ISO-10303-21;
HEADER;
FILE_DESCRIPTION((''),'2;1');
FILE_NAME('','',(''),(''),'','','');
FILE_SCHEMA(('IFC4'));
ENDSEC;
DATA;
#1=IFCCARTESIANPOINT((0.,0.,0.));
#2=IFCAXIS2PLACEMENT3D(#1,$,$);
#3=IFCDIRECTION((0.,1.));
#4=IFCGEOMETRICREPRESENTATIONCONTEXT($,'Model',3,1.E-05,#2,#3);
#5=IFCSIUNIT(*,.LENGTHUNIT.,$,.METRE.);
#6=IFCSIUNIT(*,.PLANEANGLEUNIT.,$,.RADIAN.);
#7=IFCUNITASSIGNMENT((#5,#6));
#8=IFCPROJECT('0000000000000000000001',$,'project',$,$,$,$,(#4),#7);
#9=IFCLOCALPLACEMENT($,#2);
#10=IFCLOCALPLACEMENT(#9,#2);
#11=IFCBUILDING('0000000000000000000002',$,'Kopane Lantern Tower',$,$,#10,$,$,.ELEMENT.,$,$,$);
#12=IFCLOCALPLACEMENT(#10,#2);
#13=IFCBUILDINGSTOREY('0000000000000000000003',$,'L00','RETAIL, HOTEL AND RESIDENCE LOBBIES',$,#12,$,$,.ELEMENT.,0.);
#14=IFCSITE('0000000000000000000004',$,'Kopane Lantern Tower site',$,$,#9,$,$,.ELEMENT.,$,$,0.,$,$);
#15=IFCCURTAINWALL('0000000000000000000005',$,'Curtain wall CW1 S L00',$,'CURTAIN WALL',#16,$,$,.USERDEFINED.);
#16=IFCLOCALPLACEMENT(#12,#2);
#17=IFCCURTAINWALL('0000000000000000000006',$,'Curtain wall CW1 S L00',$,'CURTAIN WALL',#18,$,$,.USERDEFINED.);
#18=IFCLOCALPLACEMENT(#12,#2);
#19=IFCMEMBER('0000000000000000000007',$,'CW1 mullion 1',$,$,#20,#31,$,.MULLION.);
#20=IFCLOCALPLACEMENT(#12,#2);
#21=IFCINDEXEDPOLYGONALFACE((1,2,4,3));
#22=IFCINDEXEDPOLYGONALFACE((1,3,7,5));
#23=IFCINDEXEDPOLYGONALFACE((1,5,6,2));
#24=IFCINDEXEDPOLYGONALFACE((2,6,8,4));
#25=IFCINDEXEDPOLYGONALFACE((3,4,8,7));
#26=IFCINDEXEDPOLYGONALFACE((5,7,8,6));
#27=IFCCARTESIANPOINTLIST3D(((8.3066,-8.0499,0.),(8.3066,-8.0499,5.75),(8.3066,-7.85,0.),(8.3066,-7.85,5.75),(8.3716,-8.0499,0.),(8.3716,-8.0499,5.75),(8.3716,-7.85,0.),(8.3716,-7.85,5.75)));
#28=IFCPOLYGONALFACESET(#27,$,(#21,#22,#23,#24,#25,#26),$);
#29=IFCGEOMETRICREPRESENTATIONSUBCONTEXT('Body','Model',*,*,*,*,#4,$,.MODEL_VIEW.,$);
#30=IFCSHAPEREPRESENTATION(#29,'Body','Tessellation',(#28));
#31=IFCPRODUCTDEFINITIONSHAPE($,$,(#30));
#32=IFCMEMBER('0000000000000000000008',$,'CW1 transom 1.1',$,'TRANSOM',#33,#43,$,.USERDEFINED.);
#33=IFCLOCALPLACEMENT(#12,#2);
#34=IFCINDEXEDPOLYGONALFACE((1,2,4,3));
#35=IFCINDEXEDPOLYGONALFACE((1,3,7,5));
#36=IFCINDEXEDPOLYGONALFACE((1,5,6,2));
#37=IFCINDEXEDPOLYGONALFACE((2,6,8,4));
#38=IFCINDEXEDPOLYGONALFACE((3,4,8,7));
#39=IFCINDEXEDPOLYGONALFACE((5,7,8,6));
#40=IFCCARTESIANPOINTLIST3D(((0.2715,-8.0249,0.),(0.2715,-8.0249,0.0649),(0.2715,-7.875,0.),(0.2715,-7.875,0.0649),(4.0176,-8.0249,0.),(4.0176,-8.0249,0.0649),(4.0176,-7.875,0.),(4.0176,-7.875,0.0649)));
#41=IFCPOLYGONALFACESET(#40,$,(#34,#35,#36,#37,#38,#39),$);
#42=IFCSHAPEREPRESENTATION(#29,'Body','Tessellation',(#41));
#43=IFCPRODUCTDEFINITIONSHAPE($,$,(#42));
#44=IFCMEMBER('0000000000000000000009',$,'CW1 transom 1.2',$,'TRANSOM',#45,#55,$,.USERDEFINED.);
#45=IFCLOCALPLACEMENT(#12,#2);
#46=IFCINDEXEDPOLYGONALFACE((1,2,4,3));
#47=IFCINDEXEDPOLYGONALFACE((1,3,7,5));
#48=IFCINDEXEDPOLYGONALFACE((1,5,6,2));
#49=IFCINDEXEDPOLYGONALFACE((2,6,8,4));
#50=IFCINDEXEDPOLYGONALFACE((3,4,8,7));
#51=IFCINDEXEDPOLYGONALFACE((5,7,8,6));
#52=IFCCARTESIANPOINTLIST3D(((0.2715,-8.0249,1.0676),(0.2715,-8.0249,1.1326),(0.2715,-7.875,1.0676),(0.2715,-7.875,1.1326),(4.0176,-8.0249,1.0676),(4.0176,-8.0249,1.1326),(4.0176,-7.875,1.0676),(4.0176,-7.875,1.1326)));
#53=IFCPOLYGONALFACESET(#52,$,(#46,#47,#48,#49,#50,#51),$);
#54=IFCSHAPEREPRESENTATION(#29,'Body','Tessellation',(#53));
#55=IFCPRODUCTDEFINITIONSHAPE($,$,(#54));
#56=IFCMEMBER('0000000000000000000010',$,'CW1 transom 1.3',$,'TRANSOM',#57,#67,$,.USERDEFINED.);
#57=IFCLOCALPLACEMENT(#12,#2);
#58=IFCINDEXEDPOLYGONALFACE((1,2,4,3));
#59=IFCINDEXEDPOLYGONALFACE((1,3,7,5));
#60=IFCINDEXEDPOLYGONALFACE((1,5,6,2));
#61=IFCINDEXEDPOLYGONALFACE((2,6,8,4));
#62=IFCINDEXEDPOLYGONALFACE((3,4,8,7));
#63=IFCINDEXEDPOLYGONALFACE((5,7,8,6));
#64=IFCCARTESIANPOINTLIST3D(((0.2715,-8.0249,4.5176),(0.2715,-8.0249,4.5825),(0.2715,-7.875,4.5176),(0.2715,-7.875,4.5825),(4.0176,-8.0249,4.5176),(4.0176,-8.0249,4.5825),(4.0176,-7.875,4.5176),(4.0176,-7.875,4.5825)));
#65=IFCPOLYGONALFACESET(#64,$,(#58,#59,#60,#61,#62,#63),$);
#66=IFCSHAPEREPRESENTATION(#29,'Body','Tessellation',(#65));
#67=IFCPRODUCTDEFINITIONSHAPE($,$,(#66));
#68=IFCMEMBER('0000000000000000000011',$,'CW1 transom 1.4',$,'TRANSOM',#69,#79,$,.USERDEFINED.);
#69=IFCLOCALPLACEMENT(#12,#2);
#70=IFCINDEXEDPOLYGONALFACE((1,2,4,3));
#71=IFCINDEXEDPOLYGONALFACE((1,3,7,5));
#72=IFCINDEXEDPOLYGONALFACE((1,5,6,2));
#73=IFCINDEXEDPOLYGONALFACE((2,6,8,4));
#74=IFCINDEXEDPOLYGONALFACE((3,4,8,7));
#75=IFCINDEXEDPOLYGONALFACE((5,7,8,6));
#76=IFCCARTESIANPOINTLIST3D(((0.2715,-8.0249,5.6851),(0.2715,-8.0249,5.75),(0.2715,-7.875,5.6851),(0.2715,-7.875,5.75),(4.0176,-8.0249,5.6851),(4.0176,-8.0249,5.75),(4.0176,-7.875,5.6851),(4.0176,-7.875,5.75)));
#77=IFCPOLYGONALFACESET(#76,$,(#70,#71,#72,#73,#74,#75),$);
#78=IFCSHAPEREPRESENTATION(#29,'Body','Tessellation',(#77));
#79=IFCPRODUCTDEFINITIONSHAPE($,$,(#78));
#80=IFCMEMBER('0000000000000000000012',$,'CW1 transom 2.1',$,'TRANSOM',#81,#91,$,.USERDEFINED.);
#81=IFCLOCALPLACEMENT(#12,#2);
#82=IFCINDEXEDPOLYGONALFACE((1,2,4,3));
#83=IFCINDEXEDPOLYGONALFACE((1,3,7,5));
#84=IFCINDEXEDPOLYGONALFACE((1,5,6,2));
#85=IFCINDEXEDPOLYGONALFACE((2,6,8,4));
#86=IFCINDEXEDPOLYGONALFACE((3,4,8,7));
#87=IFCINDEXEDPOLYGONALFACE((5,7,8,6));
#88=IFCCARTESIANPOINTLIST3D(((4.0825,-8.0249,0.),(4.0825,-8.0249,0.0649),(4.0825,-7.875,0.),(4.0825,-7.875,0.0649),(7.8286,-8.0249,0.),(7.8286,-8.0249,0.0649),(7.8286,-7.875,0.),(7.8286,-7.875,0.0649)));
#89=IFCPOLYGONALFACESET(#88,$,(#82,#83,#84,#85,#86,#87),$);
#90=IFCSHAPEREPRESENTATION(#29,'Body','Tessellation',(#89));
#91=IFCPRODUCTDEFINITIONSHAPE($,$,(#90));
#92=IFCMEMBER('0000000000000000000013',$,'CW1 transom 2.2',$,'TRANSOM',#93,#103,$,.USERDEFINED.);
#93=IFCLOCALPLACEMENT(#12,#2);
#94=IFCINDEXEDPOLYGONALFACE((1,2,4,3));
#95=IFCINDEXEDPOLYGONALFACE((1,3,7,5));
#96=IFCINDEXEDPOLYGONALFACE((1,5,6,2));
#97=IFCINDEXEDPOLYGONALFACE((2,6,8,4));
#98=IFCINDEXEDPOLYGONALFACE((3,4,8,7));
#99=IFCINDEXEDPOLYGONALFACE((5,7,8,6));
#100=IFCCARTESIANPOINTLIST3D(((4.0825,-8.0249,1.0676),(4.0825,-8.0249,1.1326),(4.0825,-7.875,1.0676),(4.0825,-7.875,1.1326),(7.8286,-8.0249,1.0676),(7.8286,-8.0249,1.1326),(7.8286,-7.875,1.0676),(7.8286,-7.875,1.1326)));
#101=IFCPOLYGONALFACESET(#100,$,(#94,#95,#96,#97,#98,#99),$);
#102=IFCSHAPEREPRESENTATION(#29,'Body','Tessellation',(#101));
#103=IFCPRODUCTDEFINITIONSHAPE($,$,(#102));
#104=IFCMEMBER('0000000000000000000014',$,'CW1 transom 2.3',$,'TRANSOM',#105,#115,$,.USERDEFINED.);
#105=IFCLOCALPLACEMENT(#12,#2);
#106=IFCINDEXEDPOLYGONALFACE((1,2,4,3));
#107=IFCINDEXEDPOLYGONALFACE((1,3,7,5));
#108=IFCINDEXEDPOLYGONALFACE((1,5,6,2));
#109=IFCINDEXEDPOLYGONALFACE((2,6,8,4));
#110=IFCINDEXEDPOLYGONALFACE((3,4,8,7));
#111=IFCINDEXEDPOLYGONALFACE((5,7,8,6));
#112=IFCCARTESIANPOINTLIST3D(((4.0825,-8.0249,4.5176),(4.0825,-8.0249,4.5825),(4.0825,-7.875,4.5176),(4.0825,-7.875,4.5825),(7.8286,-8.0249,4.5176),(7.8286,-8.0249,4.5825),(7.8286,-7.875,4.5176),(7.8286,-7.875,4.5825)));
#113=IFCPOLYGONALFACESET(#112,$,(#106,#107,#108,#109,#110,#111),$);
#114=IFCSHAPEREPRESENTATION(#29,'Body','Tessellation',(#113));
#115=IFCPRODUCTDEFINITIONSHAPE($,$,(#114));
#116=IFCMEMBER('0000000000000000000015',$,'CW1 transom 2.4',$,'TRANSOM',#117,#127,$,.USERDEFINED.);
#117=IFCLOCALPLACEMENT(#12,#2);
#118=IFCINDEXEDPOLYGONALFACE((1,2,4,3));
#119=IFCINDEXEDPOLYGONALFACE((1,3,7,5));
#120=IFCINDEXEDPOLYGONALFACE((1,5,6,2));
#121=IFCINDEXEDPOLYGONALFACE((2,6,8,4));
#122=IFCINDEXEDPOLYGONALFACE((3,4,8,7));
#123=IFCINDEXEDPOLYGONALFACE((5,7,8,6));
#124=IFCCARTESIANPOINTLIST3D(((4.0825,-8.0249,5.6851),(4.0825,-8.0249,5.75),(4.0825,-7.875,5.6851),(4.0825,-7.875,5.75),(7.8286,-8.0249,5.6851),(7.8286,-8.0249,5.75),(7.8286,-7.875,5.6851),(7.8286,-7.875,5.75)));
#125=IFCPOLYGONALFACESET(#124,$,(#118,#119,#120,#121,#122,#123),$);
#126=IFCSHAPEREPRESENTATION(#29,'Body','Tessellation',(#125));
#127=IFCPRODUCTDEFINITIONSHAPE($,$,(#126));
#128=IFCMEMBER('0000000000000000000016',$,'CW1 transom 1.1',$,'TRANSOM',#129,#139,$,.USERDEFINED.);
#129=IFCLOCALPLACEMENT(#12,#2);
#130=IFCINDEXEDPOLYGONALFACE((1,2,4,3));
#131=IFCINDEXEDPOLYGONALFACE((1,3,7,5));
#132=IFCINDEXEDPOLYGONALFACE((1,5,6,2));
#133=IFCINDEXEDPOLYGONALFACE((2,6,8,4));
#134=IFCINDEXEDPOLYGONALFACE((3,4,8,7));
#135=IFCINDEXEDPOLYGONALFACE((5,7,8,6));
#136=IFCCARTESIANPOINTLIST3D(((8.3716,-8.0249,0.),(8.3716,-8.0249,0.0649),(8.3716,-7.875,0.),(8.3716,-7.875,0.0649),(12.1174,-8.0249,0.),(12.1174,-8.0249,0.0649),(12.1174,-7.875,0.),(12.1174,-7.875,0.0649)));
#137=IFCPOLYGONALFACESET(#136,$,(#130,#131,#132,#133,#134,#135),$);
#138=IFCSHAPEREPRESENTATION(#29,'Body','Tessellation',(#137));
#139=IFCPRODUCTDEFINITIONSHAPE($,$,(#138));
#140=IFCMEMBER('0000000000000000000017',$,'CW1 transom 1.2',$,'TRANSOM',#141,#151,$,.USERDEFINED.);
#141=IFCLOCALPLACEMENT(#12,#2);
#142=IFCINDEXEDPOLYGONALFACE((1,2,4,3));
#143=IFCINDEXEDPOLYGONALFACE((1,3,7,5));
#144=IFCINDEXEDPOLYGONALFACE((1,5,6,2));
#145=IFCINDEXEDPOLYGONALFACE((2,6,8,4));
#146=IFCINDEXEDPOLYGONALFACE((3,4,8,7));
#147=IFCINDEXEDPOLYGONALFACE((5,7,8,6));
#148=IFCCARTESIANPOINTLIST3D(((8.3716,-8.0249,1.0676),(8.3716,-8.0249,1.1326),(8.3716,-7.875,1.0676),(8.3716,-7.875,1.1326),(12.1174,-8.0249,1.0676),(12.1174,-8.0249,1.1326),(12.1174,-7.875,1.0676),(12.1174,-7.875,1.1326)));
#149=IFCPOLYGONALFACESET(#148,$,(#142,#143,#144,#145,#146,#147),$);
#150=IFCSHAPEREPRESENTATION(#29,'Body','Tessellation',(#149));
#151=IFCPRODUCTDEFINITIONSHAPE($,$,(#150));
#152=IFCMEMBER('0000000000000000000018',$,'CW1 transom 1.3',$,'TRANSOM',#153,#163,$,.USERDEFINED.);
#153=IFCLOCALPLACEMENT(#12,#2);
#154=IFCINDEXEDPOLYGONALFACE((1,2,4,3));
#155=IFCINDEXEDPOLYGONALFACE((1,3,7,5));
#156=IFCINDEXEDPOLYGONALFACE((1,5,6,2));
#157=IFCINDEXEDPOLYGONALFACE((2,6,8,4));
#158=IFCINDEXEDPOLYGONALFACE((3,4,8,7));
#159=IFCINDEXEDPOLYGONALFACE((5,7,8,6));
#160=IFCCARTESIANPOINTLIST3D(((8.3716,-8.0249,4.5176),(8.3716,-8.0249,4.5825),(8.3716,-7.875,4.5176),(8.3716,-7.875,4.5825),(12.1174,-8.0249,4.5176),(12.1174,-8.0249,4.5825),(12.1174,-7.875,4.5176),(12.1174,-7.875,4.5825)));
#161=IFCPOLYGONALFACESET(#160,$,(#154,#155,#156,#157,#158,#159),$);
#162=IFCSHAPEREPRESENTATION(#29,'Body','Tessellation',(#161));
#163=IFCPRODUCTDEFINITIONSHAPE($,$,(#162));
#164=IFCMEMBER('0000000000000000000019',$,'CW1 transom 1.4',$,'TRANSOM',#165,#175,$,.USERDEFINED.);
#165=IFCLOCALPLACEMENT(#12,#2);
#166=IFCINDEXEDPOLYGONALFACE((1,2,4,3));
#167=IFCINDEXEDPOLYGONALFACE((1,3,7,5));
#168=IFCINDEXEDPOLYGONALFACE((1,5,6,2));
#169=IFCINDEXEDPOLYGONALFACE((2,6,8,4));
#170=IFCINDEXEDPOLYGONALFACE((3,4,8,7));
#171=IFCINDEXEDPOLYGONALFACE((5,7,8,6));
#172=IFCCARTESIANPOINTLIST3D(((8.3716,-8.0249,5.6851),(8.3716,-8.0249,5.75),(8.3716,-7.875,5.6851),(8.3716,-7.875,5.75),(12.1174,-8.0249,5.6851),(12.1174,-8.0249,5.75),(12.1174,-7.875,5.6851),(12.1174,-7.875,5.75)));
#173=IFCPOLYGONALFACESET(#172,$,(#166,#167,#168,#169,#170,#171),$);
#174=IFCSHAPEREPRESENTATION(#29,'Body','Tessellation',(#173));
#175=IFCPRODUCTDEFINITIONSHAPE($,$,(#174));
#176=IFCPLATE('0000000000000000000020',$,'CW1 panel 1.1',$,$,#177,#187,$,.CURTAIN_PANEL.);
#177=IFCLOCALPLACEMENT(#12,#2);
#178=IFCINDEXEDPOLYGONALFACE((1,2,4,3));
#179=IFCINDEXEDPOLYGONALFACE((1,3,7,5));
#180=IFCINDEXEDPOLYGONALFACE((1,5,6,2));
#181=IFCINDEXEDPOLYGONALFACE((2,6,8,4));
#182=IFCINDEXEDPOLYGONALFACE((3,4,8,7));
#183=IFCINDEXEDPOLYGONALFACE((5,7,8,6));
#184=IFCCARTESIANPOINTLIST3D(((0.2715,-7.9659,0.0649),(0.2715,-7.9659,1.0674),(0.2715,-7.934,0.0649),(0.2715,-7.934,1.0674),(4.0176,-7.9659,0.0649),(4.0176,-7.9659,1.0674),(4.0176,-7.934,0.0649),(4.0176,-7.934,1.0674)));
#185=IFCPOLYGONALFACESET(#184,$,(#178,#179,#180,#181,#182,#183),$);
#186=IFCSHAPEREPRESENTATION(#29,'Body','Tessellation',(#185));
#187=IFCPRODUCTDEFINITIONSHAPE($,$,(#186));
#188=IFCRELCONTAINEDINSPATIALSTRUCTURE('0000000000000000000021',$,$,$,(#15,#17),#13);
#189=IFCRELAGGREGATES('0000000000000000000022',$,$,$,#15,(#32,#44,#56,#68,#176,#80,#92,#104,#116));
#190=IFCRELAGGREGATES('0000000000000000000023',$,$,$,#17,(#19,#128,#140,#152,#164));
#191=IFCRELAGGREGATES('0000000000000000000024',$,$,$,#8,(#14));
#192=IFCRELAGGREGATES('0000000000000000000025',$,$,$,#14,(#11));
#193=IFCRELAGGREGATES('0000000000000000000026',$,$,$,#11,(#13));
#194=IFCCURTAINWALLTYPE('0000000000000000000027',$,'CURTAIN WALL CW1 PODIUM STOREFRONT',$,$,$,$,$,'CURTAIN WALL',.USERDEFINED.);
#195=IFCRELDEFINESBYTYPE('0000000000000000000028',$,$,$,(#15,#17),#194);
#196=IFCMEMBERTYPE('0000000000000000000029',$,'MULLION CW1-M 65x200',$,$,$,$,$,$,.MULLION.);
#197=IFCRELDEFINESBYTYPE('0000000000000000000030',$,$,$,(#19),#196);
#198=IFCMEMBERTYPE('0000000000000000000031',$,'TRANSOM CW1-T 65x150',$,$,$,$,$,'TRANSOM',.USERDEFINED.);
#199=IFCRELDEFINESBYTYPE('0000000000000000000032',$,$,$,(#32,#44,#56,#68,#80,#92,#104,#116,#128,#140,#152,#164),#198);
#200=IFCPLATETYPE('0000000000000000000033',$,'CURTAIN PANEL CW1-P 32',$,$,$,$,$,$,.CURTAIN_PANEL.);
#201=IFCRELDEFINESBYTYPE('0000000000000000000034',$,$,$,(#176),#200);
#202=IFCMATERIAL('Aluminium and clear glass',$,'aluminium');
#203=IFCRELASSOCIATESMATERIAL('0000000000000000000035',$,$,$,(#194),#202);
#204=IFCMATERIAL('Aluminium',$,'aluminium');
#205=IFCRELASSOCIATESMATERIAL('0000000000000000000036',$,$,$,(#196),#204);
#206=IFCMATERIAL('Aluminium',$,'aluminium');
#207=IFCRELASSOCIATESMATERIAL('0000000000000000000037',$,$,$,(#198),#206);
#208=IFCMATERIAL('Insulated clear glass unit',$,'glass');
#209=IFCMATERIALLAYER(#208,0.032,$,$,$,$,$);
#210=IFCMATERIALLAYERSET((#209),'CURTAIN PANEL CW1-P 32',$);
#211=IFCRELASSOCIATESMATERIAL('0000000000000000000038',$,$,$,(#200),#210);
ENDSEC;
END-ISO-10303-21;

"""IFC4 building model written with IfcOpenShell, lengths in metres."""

from ifc_helpers import new_model, si_unit, direction, frame, origin, origin_2d, place, context, subcontext, project, spatial, rectangle, extrude, material, layer, layer_set, material_profile, profile_set, type_object, element, aggregate, save


model = new_model("IFC4")

# Units and contexts
model_context = context("Model", 3, precision=1e-05, world=origin(), true_north=direction((0.0, 1.0)))
body_context = subcontext(model_context, "Body", "Model", "MODEL_VIEW")
ifc_project = project(units=[si_unit("LENGTHUNIT", "METRE"), si_unit("PLANEANGLEUNIT", "RADIAN")], contexts=[model_context])

# Site, building, storey
site_placement = place(None, origin())
site = spatial("IfcSite", under=ifc_project, at=site_placement, Name="Kopane Lantern Tower site", CompositionType="ELEMENT", RefElevation=0.0)
building_placement = place(site_placement, origin())
building = spatial("IfcBuilding", under=site, at=building_placement, Name="Kopane Lantern Tower", CompositionType="ELEMENT")
storey_placement = place(building_placement, origin())
storey = spatial("IfcBuildingStorey", under=building, at=storey_placement, Name="L00", Description="RETAIL, HOTEL AND RESIDENCE LOBBIES", CompositionType="ELEMENT", Elevation=0.0)

# Curtain wall
ifc_material_1 = material(Name="Aluminium and clear glass", Category="aluminium")
curtain_wall_type = type_object("IfcCurtainWallType", Name="CURTAIN WALL CW1 PODIUM STOREFRONT", ElementType="CURTAIN WALL", PredefinedType="USERDEFINED", material=ifc_material_1)
curtain_wall_1_placement = place(storey_placement, origin())
curtain_wall_1 = element("IfcCurtainWall", 1, at=curtain_wall_1_placement, inside=storey, type_object=curtain_wall_type, Name="Curtain wall CW1 S L00", ObjectType="CURTAIN WALL", PredefinedType="USERDEFINED")
ifc_material_2 = material(Name="Aluminium", Category="aluminium")
ifc_material_profile_1 = material_profile(ifc_material_2, rectangle(XDim=0.0649, YDim=0.2, at=origin_2d()), Name="AL 65x200")
ifc_profile_set_1 = profile_set([ifc_material_profile_1], Name="Aluminium")
member_type_1 = type_object("IfcMemberType", Name="MULLION CW1-M 65x200", PredefinedType="MULLION", material=ifc_profile_set_1)

# Curtain wall, member
curtain_wall_2_placement = place(storey_placement, origin())
curtain_wall_2 = element("IfcCurtainWall", 2, at=curtain_wall_2_placement, inside=storey, type_object=curtain_wall_type, Name="Curtain wall CW1 S L00", ObjectType="CURTAIN WALL", PredefinedType="USERDEFINED")
member_1_placement = place(storey_placement, frame((8.3391, -7.95, 0.0), z_axis=(0.0, 0.0, 1.0), x_axis=(1.0, 0.0, 0.0)))
member_1 = element("IfcMember", 3, at=member_1_placement, type_object=member_type_1, Name="CW1 mullion 1", PredefinedType="MULLION", context=body_context, shape_type="SweptSolid", body=[
    extrude(rectangle(XDim=0.0649, YDim=0.2, at=origin_2d()), origin(), (0.0, 0.0, 1.0), 5.75),
])

# Members
ifc_material_3 = material(Name="Aluminium", Category="aluminium")
ifc_material_profile_2 = material_profile(ifc_material_3, rectangle(XDim=0.1499, YDim=0.0649, at=origin_2d()), Name="AL 150x65")
ifc_profile_set_2 = profile_set([ifc_material_profile_2], Name="Aluminium")
member_type_2 = type_object("IfcMemberType", Name="TRANSOM CW1-T 65x150", ElementType="TRANSOM", PredefinedType="USERDEFINED", material=ifc_profile_set_2)
member_2_placement = place(storey_placement, frame((0.2715, -7.95, 0.0325), z_axis=(1.0, 0.0, 0.0), x_axis=(0.0, 1.0, 0.0)))
member_2 = element("IfcMember", 4, at=member_2_placement, type_object=member_type_2, Name="CW1 transom 1.1", ObjectType="TRANSOM", PredefinedType="USERDEFINED", context=body_context, shape_type="SweptSolid", body=[
    extrude(rectangle(XDim=0.1499, YDim=0.0649, at=origin_2d()), origin(), (0.0, 0.0, 1.0), 3.7461),
])
member_3_placement = place(storey_placement, frame((0.2715, -7.95, 1.1001), z_axis=(1.0, 0.0, 0.0), x_axis=(0.0, 1.0, 0.0)))
member_3 = element("IfcMember", 5, at=member_3_placement, type_object=member_type_2, Name="CW1 transom 1.2", ObjectType="TRANSOM", PredefinedType="USERDEFINED", context=body_context, shape_type="SweptSolid", body=[
    extrude(rectangle(XDim=0.1499, YDim=0.0649, at=origin_2d()), origin(), (0.0, 0.0, 1.0), 3.7461),
])
member_4_placement = place(storey_placement, frame((0.2715, -7.95, 4.55), z_axis=(1.0, 0.0, 0.0), x_axis=(0.0, 1.0, 0.0)))
member_4 = element("IfcMember", 6, at=member_4_placement, type_object=member_type_2, Name="CW1 transom 1.3", ObjectType="TRANSOM", PredefinedType="USERDEFINED", context=body_context, shape_type="SweptSolid", body=[
    extrude(rectangle(XDim=0.1499, YDim=0.0649, at=origin_2d()), origin(), (0.0, 0.0, 1.0), 3.7461),
])
member_5_placement = place(storey_placement, frame((0.2715, -7.95, 5.7175), z_axis=(1.0, 0.0, 0.0), x_axis=(0.0, 1.0, 0.0)))
member_5 = element("IfcMember", 7, at=member_5_placement, type_object=member_type_2, Name="CW1 transom 1.4", ObjectType="TRANSOM", PredefinedType="USERDEFINED", context=body_context, shape_type="SweptSolid", body=[
    extrude(rectangle(XDim=0.1499, YDim=0.0649, at=origin_2d()), origin(), (0.0, 0.0, 1.0), 3.7461),
])
member_6_placement = place(storey_placement, frame((4.0825, -7.95, 0.0325), z_axis=(1.0, 0.0, 0.0), x_axis=(0.0, 1.0, 0.0)))
member_6 = element("IfcMember", 8, at=member_6_placement, type_object=member_type_2, Name="CW1 transom 2.1", ObjectType="TRANSOM", PredefinedType="USERDEFINED", context=body_context, shape_type="SweptSolid", body=[
    extrude(rectangle(XDim=0.1499, YDim=0.0649, at=origin_2d()), origin(), (0.0, 0.0, 1.0), 3.7461),
])
member_7_placement = place(storey_placement, frame((4.0825, -7.95, 1.1001), z_axis=(1.0, 0.0, 0.0), x_axis=(0.0, 1.0, 0.0)))
member_7 = element("IfcMember", 9, at=member_7_placement, type_object=member_type_2, Name="CW1 transom 2.2", ObjectType="TRANSOM", PredefinedType="USERDEFINED", context=body_context, shape_type="SweptSolid", body=[
    extrude(rectangle(XDim=0.1499, YDim=0.0649, at=origin_2d()), origin(), (0.0, 0.0, 1.0), 3.7461),
])
member_8_placement = place(storey_placement, frame((4.0825, -7.95, 4.55), z_axis=(1.0, 0.0, 0.0), x_axis=(0.0, 1.0, 0.0)))
member_8 = element("IfcMember", 10, at=member_8_placement, type_object=member_type_2, Name="CW1 transom 2.3", ObjectType="TRANSOM", PredefinedType="USERDEFINED", context=body_context, shape_type="SweptSolid", body=[
    extrude(rectangle(XDim=0.1499, YDim=0.0649, at=origin_2d()), origin(), (0.0, 0.0, 1.0), 3.7461),
])
member_9_placement = place(storey_placement, frame((4.0825, -7.95, 5.7175), z_axis=(1.0, 0.0, 0.0), x_axis=(0.0, 1.0, 0.0)))
member_9 = element("IfcMember", 11, at=member_9_placement, type_object=member_type_2, Name="CW1 transom 2.4", ObjectType="TRANSOM", PredefinedType="USERDEFINED", context=body_context, shape_type="SweptSolid", body=[
    extrude(rectangle(XDim=0.1499, YDim=0.0649, at=origin_2d()), origin(), (0.0, 0.0, 1.0), 3.7461),
])
member_10_placement = place(storey_placement, frame((8.3716, -7.95, 0.0325), z_axis=(1.0, 0.0, 0.0), x_axis=(0.0, 1.0, 0.0)))
member_10 = element("IfcMember", 12, at=member_10_placement, type_object=member_type_2, Name="CW1 transom 1.1", ObjectType="TRANSOM", PredefinedType="USERDEFINED", context=body_context, shape_type="SweptSolid", body=[
    extrude(rectangle(XDim=0.1499, YDim=0.0649, at=origin_2d()), origin(), (0.0, 0.0, 1.0), 3.7458),
])
member_11_placement = place(storey_placement, frame((8.3716, -7.95, 1.1001), z_axis=(1.0, 0.0, 0.0), x_axis=(0.0, 1.0, 0.0)))
member_11 = element("IfcMember", 13, at=member_11_placement, type_object=member_type_2, Name="CW1 transom 1.2", ObjectType="TRANSOM", PredefinedType="USERDEFINED", context=body_context, shape_type="SweptSolid", body=[
    extrude(rectangle(XDim=0.1499, YDim=0.0649, at=origin_2d()), origin(), (0.0, 0.0, 1.0), 3.7458),
])
member_12_placement = place(storey_placement, frame((8.3716, -7.95, 4.55), z_axis=(1.0, 0.0, 0.0), x_axis=(0.0, 1.0, 0.0)))
member_12 = element("IfcMember", 14, at=member_12_placement, type_object=member_type_2, Name="CW1 transom 1.3", ObjectType="TRANSOM", PredefinedType="USERDEFINED", context=body_context, shape_type="SweptSolid", body=[
    extrude(rectangle(XDim=0.1499, YDim=0.0649, at=origin_2d()), origin(), (0.0, 0.0, 1.0), 3.7458),
])
member_13_placement = place(storey_placement, frame((8.3716, -7.95, 5.7175), z_axis=(1.0, 0.0, 0.0), x_axis=(0.0, 1.0, 0.0)))
member_13 = element("IfcMember", 15, at=member_13_placement, type_object=member_type_2, Name="CW1 transom 1.4", ObjectType="TRANSOM", PredefinedType="USERDEFINED", context=body_context, shape_type="SweptSolid", body=[
    extrude(rectangle(XDim=0.1499, YDim=0.0649, at=origin_2d()), origin(), (0.0, 0.0, 1.0), 3.7458),
])

# Plate
ifc_material_4 = material(Name="Insulated clear glass unit", Category="glass")
ifc_layer = layer(ifc_material_4, 0.032)
ifc_layer_set = layer_set([ifc_layer], Name="CURTAIN PANEL CW1-P 32")
plate_type = type_object("IfcPlateType", Name="CURTAIN PANEL CW1-P 32", PredefinedType="CURTAIN_PANEL", material=ifc_layer_set)
plate_1_placement = place(storey_placement, frame((2.1445, -7.95, 0.0649), z_axis=(0.0, 0.0, 1.0), x_axis=(1.0, 0.0, 0.0)))
plate_1 = element("IfcPlate", 16, at=plate_1_placement, type_object=plate_type, Name="CW1 panel 1.1", PredefinedType="CURTAIN_PANEL", context=body_context, shape_type="SweptSolid", body=[
    extrude(rectangle(XDim=3.7461, YDim=0.032, at=origin_2d()), origin(), (0.0, 0.0, 1.0), 1.0024),
])
aggregate(curtain_wall_1, [member_2, member_3, member_4, member_5, plate_1, member_6, member_7, member_8, member_9])
aggregate(curtain_wall_2, [member_1, member_10, member_11, member_12, member_13])

save(model, "model.ifc")
